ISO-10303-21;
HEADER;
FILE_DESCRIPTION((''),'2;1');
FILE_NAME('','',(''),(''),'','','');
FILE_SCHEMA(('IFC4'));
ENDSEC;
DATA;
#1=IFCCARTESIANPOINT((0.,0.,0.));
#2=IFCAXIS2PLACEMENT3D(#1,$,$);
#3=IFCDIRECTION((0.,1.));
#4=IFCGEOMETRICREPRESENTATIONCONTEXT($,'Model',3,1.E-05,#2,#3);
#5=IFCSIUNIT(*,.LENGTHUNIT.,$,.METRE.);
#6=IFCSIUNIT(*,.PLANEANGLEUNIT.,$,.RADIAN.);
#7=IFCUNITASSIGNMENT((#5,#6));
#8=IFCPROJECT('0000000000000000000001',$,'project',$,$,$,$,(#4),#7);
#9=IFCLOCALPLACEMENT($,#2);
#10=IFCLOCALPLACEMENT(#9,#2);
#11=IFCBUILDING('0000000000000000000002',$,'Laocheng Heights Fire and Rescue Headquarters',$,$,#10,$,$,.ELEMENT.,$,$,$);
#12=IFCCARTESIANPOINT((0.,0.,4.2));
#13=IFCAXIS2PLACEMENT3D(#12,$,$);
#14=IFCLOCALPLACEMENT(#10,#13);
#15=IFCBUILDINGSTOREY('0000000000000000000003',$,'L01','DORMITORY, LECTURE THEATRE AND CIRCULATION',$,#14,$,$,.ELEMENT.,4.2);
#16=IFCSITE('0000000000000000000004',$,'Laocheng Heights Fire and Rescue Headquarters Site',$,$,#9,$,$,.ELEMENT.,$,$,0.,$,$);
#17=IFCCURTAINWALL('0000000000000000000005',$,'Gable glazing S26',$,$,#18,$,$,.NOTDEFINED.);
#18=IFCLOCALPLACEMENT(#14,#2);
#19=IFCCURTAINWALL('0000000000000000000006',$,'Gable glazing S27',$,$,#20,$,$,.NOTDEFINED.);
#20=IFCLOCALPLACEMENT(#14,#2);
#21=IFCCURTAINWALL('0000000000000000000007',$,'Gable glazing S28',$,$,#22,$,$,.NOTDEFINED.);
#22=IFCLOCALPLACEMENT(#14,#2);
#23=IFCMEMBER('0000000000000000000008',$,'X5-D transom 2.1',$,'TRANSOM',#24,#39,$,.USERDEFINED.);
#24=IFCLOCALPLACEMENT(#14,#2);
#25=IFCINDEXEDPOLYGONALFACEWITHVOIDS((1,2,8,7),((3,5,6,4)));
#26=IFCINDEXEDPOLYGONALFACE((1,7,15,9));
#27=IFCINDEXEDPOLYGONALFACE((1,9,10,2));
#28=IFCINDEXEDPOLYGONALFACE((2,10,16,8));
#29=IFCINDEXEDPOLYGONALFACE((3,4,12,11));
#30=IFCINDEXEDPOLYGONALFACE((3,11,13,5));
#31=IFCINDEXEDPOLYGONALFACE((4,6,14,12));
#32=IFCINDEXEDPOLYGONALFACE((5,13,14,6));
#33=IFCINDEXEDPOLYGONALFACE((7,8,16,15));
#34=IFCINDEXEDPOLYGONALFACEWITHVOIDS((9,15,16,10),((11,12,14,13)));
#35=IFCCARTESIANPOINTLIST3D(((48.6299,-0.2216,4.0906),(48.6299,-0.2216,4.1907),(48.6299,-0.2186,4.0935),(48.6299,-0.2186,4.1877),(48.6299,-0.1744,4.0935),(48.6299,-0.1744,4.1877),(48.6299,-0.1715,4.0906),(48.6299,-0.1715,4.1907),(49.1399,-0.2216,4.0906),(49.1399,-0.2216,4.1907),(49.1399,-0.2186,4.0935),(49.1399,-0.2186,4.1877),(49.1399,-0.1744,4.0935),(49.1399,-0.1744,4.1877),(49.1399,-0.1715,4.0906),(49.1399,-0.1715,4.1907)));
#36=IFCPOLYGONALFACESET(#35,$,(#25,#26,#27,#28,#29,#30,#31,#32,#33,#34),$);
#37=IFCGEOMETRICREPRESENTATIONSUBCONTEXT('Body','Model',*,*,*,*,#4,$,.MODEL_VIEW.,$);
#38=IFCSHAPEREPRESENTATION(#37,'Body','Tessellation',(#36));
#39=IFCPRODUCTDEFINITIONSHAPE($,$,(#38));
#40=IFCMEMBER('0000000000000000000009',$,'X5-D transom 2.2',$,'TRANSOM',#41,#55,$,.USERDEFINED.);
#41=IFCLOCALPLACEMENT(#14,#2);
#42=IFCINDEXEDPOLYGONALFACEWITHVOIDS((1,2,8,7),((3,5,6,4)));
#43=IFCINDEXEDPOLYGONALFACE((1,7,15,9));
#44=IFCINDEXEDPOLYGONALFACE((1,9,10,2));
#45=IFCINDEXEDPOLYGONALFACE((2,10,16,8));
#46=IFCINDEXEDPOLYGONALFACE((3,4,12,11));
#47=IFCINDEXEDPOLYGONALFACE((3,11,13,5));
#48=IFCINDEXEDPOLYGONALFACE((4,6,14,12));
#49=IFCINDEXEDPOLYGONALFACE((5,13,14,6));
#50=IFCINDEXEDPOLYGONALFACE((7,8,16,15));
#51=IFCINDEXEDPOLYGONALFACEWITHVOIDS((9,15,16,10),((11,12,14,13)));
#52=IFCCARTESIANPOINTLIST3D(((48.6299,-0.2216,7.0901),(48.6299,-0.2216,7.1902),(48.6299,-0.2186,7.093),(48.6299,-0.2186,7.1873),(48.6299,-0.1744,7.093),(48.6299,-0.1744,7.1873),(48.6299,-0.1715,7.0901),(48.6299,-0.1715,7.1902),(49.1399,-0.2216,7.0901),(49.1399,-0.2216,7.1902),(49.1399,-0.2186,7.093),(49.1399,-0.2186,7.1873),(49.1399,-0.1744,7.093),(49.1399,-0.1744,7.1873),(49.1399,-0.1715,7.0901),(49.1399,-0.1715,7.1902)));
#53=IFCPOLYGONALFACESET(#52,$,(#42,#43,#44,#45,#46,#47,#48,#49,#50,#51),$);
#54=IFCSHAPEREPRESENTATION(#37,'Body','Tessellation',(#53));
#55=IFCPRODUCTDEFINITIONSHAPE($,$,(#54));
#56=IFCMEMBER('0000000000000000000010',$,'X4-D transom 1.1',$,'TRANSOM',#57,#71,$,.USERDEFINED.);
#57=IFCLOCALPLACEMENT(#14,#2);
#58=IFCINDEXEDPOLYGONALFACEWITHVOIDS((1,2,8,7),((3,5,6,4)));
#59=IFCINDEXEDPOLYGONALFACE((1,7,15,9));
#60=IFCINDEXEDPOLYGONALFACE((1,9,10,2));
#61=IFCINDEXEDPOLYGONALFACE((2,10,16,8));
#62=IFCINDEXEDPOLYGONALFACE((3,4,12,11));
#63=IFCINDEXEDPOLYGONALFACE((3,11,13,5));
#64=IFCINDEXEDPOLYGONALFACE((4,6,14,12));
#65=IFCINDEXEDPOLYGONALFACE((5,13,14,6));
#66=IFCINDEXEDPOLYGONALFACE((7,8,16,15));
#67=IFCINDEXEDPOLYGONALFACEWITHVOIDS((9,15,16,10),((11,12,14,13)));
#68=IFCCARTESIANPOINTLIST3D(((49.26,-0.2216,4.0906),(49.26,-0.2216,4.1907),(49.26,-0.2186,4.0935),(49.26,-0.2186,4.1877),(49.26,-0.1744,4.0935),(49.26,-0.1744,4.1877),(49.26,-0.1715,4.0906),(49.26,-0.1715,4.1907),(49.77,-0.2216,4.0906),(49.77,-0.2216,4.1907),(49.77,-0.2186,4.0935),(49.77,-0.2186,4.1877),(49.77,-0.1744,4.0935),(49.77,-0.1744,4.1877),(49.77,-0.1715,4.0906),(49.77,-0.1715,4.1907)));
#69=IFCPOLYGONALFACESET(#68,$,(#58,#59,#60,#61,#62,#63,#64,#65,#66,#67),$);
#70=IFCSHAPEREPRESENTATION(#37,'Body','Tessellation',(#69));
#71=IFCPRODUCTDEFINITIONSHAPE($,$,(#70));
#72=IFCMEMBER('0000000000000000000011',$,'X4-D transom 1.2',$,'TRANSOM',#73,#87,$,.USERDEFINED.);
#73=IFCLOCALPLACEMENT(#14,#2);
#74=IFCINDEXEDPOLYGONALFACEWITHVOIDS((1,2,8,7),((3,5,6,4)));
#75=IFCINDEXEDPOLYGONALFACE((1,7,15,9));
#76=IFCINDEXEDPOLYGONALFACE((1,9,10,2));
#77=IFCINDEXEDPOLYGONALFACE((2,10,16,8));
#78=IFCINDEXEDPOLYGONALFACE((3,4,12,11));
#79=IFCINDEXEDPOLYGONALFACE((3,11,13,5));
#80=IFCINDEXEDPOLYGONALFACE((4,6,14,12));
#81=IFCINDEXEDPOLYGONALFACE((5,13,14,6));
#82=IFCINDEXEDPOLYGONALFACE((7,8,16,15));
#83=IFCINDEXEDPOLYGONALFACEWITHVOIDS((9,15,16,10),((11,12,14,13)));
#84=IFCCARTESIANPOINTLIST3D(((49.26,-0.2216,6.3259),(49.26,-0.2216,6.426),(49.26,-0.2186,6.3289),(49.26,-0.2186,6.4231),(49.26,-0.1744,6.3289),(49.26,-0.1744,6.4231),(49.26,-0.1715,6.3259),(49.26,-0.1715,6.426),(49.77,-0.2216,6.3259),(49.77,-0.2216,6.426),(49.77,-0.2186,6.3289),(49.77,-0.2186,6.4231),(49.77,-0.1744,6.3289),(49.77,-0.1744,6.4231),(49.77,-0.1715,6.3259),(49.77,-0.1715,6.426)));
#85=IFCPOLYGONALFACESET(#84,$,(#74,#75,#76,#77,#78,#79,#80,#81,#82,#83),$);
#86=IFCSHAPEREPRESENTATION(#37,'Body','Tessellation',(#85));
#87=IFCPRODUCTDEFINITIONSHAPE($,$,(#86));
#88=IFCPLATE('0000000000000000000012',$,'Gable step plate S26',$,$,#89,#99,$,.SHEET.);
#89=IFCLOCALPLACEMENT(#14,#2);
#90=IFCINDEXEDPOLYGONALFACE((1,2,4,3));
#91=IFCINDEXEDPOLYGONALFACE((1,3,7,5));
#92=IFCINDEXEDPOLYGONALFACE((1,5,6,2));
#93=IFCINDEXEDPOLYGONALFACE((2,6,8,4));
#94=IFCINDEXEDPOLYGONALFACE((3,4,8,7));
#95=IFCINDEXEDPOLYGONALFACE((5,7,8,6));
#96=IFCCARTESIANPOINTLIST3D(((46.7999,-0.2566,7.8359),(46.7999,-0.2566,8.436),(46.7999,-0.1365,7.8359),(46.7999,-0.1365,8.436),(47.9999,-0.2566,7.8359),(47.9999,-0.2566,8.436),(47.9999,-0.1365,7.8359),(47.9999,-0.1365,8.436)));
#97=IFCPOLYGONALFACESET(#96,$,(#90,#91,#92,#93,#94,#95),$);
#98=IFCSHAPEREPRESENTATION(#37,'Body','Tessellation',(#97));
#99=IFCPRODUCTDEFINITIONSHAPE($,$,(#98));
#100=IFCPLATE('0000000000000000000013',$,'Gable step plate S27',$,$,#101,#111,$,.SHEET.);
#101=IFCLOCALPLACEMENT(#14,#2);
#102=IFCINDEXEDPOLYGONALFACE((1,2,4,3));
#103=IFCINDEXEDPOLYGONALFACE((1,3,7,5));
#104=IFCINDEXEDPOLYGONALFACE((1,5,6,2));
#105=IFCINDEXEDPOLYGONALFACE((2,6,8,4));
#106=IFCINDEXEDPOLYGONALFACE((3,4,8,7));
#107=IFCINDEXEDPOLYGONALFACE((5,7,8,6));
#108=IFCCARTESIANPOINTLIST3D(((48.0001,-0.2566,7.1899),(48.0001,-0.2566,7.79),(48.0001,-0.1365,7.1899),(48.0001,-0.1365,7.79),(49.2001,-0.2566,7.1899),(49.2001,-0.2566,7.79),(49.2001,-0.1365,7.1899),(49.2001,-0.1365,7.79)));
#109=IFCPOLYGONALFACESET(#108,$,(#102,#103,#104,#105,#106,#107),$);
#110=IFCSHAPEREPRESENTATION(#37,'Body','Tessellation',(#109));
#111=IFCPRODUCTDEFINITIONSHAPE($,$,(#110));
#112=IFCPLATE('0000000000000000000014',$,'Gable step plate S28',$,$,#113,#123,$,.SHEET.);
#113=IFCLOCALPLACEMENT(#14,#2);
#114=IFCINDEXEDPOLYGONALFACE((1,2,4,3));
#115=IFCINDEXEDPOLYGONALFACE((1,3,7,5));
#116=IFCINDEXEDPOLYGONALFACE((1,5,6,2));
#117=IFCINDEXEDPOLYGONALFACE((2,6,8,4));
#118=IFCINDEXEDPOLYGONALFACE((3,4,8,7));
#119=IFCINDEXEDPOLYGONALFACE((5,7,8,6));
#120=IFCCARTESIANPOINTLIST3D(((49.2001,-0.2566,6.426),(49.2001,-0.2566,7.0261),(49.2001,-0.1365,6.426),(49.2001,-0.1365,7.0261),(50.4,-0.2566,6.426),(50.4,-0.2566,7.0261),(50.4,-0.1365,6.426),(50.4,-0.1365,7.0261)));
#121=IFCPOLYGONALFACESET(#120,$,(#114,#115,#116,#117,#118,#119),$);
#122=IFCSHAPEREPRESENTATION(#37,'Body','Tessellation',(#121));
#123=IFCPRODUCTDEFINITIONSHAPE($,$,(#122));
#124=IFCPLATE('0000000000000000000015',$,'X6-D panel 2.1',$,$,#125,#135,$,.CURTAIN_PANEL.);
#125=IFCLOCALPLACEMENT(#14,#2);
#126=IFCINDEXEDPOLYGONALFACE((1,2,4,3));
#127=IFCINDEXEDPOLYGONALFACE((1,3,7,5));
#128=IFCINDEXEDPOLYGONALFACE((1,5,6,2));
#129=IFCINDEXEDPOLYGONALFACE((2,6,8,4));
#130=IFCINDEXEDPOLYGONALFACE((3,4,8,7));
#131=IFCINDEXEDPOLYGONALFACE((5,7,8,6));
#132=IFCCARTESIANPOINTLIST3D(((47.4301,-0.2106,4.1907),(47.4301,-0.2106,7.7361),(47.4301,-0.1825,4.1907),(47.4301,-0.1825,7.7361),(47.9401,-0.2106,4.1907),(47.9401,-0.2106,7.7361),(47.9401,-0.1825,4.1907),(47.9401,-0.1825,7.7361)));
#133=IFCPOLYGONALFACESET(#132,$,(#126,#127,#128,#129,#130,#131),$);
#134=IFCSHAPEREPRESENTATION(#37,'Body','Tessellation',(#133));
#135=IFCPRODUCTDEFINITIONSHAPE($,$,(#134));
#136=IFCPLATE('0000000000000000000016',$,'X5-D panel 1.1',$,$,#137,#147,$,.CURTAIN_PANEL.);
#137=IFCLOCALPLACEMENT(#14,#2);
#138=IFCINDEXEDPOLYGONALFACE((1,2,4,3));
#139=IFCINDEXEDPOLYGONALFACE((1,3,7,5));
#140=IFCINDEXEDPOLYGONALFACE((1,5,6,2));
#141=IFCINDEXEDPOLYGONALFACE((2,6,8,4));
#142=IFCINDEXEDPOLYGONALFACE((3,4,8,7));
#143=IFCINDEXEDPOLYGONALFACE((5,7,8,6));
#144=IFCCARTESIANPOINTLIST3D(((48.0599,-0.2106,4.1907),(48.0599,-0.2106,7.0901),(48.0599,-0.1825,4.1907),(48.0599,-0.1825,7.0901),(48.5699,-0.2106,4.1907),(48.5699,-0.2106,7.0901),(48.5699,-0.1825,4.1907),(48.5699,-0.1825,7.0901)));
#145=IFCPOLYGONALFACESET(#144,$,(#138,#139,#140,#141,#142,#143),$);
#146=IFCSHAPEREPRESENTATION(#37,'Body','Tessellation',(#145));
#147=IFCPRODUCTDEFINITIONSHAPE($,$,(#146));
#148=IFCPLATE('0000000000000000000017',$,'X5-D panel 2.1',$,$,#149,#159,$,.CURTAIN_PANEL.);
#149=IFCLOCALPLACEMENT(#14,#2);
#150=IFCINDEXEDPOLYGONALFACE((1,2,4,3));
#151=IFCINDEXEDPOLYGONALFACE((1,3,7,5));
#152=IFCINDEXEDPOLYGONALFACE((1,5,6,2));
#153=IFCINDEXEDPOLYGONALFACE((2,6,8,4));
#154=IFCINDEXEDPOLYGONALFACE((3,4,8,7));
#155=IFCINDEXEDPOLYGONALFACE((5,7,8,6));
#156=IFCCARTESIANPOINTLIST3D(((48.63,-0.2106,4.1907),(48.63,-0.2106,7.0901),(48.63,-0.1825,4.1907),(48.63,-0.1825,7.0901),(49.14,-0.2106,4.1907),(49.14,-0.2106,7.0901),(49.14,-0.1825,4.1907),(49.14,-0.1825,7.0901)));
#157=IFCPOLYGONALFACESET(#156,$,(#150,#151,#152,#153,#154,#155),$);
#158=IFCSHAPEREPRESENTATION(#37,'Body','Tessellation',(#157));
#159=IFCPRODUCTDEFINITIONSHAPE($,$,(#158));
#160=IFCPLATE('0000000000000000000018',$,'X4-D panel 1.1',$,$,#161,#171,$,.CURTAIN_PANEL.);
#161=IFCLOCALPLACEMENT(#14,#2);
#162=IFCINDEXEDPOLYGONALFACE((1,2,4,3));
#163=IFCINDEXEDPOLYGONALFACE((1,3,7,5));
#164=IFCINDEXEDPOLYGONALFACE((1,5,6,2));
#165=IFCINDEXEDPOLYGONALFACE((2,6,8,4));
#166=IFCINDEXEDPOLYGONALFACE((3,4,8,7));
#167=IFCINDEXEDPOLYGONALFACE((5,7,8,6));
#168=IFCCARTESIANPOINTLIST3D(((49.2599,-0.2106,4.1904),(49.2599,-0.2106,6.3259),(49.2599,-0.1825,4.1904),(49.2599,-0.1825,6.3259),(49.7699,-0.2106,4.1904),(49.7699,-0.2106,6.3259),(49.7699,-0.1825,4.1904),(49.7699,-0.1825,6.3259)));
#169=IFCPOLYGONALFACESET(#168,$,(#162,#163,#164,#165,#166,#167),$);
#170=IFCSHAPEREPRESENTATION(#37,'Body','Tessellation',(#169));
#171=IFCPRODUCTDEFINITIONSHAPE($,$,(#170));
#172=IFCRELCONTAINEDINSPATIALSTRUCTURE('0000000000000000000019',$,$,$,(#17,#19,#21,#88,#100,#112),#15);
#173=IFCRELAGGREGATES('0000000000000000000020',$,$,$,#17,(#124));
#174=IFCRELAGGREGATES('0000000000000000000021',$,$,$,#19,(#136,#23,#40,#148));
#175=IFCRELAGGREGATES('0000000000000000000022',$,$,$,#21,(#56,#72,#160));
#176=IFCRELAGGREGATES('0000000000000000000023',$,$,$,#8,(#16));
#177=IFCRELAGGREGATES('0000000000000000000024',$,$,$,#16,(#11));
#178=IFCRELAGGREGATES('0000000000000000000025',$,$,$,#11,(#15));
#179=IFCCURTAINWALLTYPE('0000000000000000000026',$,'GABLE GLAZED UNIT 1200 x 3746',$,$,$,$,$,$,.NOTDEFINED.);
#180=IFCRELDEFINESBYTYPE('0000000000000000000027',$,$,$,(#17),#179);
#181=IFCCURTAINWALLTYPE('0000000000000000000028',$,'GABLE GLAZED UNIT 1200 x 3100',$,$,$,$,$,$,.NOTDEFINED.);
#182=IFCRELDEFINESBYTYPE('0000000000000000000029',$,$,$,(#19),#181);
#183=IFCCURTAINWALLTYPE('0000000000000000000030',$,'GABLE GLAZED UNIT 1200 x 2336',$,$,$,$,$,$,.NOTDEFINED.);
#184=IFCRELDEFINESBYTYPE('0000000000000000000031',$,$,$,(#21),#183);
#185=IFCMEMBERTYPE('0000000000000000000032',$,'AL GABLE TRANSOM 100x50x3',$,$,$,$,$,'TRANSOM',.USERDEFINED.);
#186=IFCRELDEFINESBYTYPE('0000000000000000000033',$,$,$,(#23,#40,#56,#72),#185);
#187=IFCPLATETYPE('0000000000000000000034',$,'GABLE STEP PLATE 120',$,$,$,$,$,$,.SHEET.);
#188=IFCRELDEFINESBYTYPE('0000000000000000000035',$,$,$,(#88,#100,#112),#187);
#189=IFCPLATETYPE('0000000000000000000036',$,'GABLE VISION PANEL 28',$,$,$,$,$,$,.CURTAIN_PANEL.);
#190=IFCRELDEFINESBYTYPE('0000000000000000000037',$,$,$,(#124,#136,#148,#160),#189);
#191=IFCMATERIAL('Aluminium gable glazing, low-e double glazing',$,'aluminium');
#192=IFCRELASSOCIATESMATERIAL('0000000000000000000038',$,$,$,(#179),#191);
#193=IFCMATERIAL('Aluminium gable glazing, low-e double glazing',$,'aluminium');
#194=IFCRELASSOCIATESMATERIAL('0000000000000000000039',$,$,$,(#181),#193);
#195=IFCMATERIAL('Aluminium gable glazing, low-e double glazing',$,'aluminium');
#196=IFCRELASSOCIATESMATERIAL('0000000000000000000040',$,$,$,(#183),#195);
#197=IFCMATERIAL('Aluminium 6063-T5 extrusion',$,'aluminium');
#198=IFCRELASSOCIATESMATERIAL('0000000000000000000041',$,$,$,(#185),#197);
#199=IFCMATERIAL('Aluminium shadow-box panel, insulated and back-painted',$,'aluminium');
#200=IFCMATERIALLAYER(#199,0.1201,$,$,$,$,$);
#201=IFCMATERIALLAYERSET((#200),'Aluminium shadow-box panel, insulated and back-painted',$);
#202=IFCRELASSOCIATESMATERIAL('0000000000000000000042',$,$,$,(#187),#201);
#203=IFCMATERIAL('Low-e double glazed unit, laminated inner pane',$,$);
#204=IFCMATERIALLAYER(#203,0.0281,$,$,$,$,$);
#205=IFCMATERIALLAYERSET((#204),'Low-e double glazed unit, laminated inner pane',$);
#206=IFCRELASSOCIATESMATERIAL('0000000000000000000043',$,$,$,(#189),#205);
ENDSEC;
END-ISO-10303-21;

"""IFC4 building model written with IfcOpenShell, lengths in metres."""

from ifc_helpers import new_model, si_unit, direction, frame, origin, origin_2d, place, context, subcontext, project, spatial, rectangle, hollow_rectangle, extrude, material, layer, layer_set, material_profile, profile_set, type_object, element, aggregate, save


model = new_model("IFC4")

# Units and contexts
model_context = context("Model", 3, precision=1e-05, world=origin(), true_north=direction((0.0, 1.0)))
body_context = subcontext(model_context, "Body", "Model", "MODEL_VIEW")
ifc_project = project(units=[si_unit("LENGTHUNIT", "METRE"), si_unit("PLANEANGLEUNIT", "RADIAN")], contexts=[model_context])

# Site, building, storey
site_placement = place(None, origin())
site = spatial("IfcSite", under=ifc_project, at=site_placement, Name="Laocheng Heights Fire and Rescue Headquarters Site", CompositionType="ELEMENT", RefElevation=0.0)
building_placement = place(site_placement, origin())
building = spatial("IfcBuilding", under=site, at=building_placement, Name="Laocheng Heights Fire and Rescue Headquarters", CompositionType="ELEMENT")
storey_placement = place(building_placement, frame((0.0, 0.0, 4.2)))
storey = spatial("IfcBuildingStorey", under=building, at=storey_placement, Name="L01", Description="DORMITORY, LECTURE THEATRE AND CIRCULATION", CompositionType="ELEMENT", Elevation=4.2)

# Curtain walls
ifc_material_1 = material(Name="Aluminium gable glazing, low-e double glazing", Category="aluminium")
curtain_wall_type_1 = type_object("IfcCurtainWallType", Name="GABLE GLAZED UNIT 1200 x 3746", PredefinedType="NOTDEFINED", material=ifc_material_1)
curtain_wall_1_placement = place(storey_placement, origin())
curtain_wall_1 = element("IfcCurtainWall", 1, at=curtain_wall_1_placement, inside=storey, type_object=curtain_wall_type_1, Name="Gable glazing S26", PredefinedType="NOTDEFINED")
ifc_material_2 = material(Name="Aluminium gable glazing, low-e double glazing", Category="aluminium")
curtain_wall_type_2 = type_object("IfcCurtainWallType", Name="GABLE GLAZED UNIT 1200 x 3100", PredefinedType="NOTDEFINED", material=ifc_material_2)
curtain_wall_2_placement = place(storey_placement, origin())
curtain_wall_2 = element("IfcCurtainWall", 2, at=curtain_wall_2_placement, inside=storey, type_object=curtain_wall_type_2, Name="Gable glazing S27", PredefinedType="NOTDEFINED")
ifc_material_3 = material(Name="Aluminium gable glazing, low-e double glazing", Category="aluminium")
curtain_wall_type_3 = type_object("IfcCurtainWallType", Name="GABLE GLAZED UNIT 1200 x 2336", PredefinedType="NOTDEFINED", material=ifc_material_3)
curtain_wall_3_placement = place(storey_placement, origin())
curtain_wall_3 = element("IfcCurtainWall", 3, at=curtain_wall_3_placement, inside=storey, type_object=curtain_wall_type_3, Name="Gable glazing S28", PredefinedType="NOTDEFINED")

# Members
ifc_material_4 = material(Name="Aluminium 6063-T5 extrusion", Category="aluminium")
ifc_material_profile_1 = material_profile(ifc_material_4, hollow_rectangle(XDim=0.05, YDim=0.1001, WallThickness=0.0029, at=origin_2d()), Name="AL TRANSOM 100x50x3")
ifc_profile_set_1 = profile_set([ifc_material_profile_1], Name="Aluminium 6063-T5 extrusion")
member_type_1 = type_object("IfcMemberType", Name="AL GABLE TRANSOM 100x50x3", ElementType="TRANSOM", PredefinedType="USERDEFINED", material=ifc_profile_set_1)
member_1_placement = place(storey_placement, frame((48.6299, -0.1965, 4.1406), z_axis=(1.0, 0.0, 0.0), x_axis=(0.0, 1.0, 0.0)))
member_1 = element("IfcMember", 4, at=member_1_placement, type_object=member_type_1, Name="X5-D transom 2.1", ObjectType="TRANSOM", PredefinedType="USERDEFINED", context=body_context, shape_type="SweptSolid", body=[
    extrude(hollow_rectangle(XDim=0.05, YDim=0.1001, WallThickness=0.0029, at=origin_2d()), origin(), (0.0, 0.0, 1.0), 0.51),
])
member_2_placement = place(storey_placement, frame((48.6299, -0.1965, 7.1401), z_axis=(1.0, 0.0, 0.0), x_axis=(0.0, 1.0, 0.0)))
member_2 = element("IfcMember", 5, at=member_2_placement, type_object=member_type_1, Name="X5-D transom 2.2", ObjectType="TRANSOM", PredefinedType="USERDEFINED", context=body_context, shape_type="SweptSolid", body=[
    extrude(hollow_rectangle(XDim=0.05, YDim=0.1001, WallThickness=0.0029, at=origin_2d()), origin(), (0.0, 0.0, 1.0), 0.51),
])
member_3_placement = place(storey_placement, frame((49.26, -0.1965, 4.1406), z_axis=(1.0, 0.0, 0.0), x_axis=(0.0, 1.0, 0.0)))
member_3 = element("IfcMember", 6, at=member_3_placement, type_object=member_type_1, Name="X4-D transom 1.1", ObjectType="TRANSOM", PredefinedType="USERDEFINED", context=body_context, shape_type="SweptSolid", body=[
    extrude(hollow_rectangle(XDim=0.05, YDim=0.1001, WallThickness=0.0029, at=origin_2d()), origin(), (0.0, 0.0, 1.0), 0.51),
])
member_4_placement = place(storey_placement, frame((49.26, -0.1965, 6.376), z_axis=(1.0, 0.0, 0.0), x_axis=(0.0, 1.0, 0.0)))
member_4 = element("IfcMember", 7, at=member_4_placement, type_object=member_type_1, Name="X4-D transom 1.2", ObjectType="TRANSOM", PredefinedType="USERDEFINED", context=body_context, shape_type="SweptSolid", body=[
    extrude(hollow_rectangle(XDim=0.05, YDim=0.1001, WallThickness=0.0029, at=origin_2d()), origin(), (0.0, 0.0, 1.0), 0.51),
])

# Plates
ifc_material_5 = material(Name="Aluminium shadow-box panel, insulated and back-painted", Category="aluminium")
ifc_layer_1 = layer(ifc_material_5, 0.1201)
ifc_layer_set_1 = layer_set([ifc_layer_1], Name="Aluminium shadow-box panel, insulated and back-painted")
plate_type_1 = type_object("IfcPlateType", Name="GABLE STEP PLATE 120", PredefinedType="SHEET", material=ifc_layer_set_1)
for number, where, z_axis, x_axis, name in (
    (8, (47.3999, -0.1965, 7.8359), (0.0, 0.0, 1.0), (1.0, 0.0, 0.0), "Gable step plate S26"),
    (9, (48.6001, -0.1965, 7.1899), (0.0, 0.0, 1.0), (1.0, 0.0, 0.0), "Gable step plate S27"),
    (10, (49.8, -0.1965, 6.426), (0.0, 0.0, 1.0), (1.0, 0.0, 0.0), "Gable step plate S28"),
):
    element("IfcPlate", number, at=place(storey_placement, frame(where, z_axis=z_axis, x_axis=x_axis)), inside=storey, type_object=plate_type_1, Name=name, PredefinedType="SHEET", context=body_context, shape_type="SweptSolid", body=[
        extrude(rectangle(XDim=1.2, YDim=0.1201, at=origin_2d()), origin(), (0.0, 0.0, 1.0), 0.6001),
    ])

# Plates
ifc_material_6 = material(Name="Low-e double glazed unit, laminated inner pane")
ifc_layer_2 = layer(ifc_material_6, 0.0281)
ifc_layer_set_2 = layer_set([ifc_layer_2], Name="Low-e double glazed unit, laminated inner pane")
plate_type_2 = type_object("IfcPlateType", Name="GABLE VISION PANEL 28", PredefinedType="CURTAIN_PANEL", material=ifc_layer_set_2)
plate_1_placement = place(storey_placement, frame((47.6851, -0.1965, 4.1907), z_axis=(0.0, 0.0, 1.0), x_axis=(1.0, 0.0, 0.0)))
plate_1 = element("IfcPlate", 11, at=plate_1_placement, type_object=plate_type_2, Name="X6-D panel 2.1", PredefinedType="CURTAIN_PANEL", context=body_context, shape_type="SweptSolid", body=[
    extrude(rectangle(XDim=0.51, YDim=0.0281, at=origin_2d()), origin(), (0.0, 0.0, 1.0), 3.5454),
])
aggregate(curtain_wall_1, [plate_1])
plate_2_placement = place(storey_placement, frame((48.3149, -0.1965, 4.1907), z_axis=(0.0, 0.0, 1.0), x_axis=(1.0, 0.0, 0.0)))
plate_2 = element("IfcPlate", 12, at=plate_2_placement, type_object=plate_type_2, Name="X5-D panel 1.1", PredefinedType="CURTAIN_PANEL", context=body_context, shape_type="SweptSolid", body=[
    extrude(rectangle(XDim=0.51, YDim=0.0281, at=origin_2d()), origin(), (0.0, 0.0, 1.0), 2.8994),
])
plate_3_placement = place(storey_placement, frame((48.885, -0.1965, 4.1907), z_axis=(0.0, 0.0, 1.0), x_axis=(1.0, 0.0, 0.0)))
plate_3 = element("IfcPlate", 13, at=plate_3_placement, type_object=plate_type_2, Name="X5-D panel 2.1", PredefinedType="CURTAIN_PANEL", context=body_context, shape_type="SweptSolid", body=[
    extrude(rectangle(XDim=0.51, YDim=0.0281, at=origin_2d()), origin(), (0.0, 0.0, 1.0), 2.8994),
])
aggregate(curtain_wall_2, [plate_2, member_1, member_2, plate_3])
plate_4_placement = place(storey_placement, frame((49.5149, -0.1965, 4.1904), z_axis=(0.0, 0.0, 1.0), x_axis=(1.0, 0.0, 0.0)))
plate_4 = element("IfcPlate", 14, at=plate_4_placement, type_object=plate_type_2, Name="X4-D panel 1.1", PredefinedType="CURTAIN_PANEL", context=body_context, shape_type="SweptSolid", body=[
    extrude(rectangle(XDim=0.51, YDim=0.0281, at=origin_2d()), origin(), (0.0, 0.0, 1.0), 2.1355),
])
aggregate(curtain_wall_3, [member_3, member_4, plate_4])

save(model, "model.ifc")
